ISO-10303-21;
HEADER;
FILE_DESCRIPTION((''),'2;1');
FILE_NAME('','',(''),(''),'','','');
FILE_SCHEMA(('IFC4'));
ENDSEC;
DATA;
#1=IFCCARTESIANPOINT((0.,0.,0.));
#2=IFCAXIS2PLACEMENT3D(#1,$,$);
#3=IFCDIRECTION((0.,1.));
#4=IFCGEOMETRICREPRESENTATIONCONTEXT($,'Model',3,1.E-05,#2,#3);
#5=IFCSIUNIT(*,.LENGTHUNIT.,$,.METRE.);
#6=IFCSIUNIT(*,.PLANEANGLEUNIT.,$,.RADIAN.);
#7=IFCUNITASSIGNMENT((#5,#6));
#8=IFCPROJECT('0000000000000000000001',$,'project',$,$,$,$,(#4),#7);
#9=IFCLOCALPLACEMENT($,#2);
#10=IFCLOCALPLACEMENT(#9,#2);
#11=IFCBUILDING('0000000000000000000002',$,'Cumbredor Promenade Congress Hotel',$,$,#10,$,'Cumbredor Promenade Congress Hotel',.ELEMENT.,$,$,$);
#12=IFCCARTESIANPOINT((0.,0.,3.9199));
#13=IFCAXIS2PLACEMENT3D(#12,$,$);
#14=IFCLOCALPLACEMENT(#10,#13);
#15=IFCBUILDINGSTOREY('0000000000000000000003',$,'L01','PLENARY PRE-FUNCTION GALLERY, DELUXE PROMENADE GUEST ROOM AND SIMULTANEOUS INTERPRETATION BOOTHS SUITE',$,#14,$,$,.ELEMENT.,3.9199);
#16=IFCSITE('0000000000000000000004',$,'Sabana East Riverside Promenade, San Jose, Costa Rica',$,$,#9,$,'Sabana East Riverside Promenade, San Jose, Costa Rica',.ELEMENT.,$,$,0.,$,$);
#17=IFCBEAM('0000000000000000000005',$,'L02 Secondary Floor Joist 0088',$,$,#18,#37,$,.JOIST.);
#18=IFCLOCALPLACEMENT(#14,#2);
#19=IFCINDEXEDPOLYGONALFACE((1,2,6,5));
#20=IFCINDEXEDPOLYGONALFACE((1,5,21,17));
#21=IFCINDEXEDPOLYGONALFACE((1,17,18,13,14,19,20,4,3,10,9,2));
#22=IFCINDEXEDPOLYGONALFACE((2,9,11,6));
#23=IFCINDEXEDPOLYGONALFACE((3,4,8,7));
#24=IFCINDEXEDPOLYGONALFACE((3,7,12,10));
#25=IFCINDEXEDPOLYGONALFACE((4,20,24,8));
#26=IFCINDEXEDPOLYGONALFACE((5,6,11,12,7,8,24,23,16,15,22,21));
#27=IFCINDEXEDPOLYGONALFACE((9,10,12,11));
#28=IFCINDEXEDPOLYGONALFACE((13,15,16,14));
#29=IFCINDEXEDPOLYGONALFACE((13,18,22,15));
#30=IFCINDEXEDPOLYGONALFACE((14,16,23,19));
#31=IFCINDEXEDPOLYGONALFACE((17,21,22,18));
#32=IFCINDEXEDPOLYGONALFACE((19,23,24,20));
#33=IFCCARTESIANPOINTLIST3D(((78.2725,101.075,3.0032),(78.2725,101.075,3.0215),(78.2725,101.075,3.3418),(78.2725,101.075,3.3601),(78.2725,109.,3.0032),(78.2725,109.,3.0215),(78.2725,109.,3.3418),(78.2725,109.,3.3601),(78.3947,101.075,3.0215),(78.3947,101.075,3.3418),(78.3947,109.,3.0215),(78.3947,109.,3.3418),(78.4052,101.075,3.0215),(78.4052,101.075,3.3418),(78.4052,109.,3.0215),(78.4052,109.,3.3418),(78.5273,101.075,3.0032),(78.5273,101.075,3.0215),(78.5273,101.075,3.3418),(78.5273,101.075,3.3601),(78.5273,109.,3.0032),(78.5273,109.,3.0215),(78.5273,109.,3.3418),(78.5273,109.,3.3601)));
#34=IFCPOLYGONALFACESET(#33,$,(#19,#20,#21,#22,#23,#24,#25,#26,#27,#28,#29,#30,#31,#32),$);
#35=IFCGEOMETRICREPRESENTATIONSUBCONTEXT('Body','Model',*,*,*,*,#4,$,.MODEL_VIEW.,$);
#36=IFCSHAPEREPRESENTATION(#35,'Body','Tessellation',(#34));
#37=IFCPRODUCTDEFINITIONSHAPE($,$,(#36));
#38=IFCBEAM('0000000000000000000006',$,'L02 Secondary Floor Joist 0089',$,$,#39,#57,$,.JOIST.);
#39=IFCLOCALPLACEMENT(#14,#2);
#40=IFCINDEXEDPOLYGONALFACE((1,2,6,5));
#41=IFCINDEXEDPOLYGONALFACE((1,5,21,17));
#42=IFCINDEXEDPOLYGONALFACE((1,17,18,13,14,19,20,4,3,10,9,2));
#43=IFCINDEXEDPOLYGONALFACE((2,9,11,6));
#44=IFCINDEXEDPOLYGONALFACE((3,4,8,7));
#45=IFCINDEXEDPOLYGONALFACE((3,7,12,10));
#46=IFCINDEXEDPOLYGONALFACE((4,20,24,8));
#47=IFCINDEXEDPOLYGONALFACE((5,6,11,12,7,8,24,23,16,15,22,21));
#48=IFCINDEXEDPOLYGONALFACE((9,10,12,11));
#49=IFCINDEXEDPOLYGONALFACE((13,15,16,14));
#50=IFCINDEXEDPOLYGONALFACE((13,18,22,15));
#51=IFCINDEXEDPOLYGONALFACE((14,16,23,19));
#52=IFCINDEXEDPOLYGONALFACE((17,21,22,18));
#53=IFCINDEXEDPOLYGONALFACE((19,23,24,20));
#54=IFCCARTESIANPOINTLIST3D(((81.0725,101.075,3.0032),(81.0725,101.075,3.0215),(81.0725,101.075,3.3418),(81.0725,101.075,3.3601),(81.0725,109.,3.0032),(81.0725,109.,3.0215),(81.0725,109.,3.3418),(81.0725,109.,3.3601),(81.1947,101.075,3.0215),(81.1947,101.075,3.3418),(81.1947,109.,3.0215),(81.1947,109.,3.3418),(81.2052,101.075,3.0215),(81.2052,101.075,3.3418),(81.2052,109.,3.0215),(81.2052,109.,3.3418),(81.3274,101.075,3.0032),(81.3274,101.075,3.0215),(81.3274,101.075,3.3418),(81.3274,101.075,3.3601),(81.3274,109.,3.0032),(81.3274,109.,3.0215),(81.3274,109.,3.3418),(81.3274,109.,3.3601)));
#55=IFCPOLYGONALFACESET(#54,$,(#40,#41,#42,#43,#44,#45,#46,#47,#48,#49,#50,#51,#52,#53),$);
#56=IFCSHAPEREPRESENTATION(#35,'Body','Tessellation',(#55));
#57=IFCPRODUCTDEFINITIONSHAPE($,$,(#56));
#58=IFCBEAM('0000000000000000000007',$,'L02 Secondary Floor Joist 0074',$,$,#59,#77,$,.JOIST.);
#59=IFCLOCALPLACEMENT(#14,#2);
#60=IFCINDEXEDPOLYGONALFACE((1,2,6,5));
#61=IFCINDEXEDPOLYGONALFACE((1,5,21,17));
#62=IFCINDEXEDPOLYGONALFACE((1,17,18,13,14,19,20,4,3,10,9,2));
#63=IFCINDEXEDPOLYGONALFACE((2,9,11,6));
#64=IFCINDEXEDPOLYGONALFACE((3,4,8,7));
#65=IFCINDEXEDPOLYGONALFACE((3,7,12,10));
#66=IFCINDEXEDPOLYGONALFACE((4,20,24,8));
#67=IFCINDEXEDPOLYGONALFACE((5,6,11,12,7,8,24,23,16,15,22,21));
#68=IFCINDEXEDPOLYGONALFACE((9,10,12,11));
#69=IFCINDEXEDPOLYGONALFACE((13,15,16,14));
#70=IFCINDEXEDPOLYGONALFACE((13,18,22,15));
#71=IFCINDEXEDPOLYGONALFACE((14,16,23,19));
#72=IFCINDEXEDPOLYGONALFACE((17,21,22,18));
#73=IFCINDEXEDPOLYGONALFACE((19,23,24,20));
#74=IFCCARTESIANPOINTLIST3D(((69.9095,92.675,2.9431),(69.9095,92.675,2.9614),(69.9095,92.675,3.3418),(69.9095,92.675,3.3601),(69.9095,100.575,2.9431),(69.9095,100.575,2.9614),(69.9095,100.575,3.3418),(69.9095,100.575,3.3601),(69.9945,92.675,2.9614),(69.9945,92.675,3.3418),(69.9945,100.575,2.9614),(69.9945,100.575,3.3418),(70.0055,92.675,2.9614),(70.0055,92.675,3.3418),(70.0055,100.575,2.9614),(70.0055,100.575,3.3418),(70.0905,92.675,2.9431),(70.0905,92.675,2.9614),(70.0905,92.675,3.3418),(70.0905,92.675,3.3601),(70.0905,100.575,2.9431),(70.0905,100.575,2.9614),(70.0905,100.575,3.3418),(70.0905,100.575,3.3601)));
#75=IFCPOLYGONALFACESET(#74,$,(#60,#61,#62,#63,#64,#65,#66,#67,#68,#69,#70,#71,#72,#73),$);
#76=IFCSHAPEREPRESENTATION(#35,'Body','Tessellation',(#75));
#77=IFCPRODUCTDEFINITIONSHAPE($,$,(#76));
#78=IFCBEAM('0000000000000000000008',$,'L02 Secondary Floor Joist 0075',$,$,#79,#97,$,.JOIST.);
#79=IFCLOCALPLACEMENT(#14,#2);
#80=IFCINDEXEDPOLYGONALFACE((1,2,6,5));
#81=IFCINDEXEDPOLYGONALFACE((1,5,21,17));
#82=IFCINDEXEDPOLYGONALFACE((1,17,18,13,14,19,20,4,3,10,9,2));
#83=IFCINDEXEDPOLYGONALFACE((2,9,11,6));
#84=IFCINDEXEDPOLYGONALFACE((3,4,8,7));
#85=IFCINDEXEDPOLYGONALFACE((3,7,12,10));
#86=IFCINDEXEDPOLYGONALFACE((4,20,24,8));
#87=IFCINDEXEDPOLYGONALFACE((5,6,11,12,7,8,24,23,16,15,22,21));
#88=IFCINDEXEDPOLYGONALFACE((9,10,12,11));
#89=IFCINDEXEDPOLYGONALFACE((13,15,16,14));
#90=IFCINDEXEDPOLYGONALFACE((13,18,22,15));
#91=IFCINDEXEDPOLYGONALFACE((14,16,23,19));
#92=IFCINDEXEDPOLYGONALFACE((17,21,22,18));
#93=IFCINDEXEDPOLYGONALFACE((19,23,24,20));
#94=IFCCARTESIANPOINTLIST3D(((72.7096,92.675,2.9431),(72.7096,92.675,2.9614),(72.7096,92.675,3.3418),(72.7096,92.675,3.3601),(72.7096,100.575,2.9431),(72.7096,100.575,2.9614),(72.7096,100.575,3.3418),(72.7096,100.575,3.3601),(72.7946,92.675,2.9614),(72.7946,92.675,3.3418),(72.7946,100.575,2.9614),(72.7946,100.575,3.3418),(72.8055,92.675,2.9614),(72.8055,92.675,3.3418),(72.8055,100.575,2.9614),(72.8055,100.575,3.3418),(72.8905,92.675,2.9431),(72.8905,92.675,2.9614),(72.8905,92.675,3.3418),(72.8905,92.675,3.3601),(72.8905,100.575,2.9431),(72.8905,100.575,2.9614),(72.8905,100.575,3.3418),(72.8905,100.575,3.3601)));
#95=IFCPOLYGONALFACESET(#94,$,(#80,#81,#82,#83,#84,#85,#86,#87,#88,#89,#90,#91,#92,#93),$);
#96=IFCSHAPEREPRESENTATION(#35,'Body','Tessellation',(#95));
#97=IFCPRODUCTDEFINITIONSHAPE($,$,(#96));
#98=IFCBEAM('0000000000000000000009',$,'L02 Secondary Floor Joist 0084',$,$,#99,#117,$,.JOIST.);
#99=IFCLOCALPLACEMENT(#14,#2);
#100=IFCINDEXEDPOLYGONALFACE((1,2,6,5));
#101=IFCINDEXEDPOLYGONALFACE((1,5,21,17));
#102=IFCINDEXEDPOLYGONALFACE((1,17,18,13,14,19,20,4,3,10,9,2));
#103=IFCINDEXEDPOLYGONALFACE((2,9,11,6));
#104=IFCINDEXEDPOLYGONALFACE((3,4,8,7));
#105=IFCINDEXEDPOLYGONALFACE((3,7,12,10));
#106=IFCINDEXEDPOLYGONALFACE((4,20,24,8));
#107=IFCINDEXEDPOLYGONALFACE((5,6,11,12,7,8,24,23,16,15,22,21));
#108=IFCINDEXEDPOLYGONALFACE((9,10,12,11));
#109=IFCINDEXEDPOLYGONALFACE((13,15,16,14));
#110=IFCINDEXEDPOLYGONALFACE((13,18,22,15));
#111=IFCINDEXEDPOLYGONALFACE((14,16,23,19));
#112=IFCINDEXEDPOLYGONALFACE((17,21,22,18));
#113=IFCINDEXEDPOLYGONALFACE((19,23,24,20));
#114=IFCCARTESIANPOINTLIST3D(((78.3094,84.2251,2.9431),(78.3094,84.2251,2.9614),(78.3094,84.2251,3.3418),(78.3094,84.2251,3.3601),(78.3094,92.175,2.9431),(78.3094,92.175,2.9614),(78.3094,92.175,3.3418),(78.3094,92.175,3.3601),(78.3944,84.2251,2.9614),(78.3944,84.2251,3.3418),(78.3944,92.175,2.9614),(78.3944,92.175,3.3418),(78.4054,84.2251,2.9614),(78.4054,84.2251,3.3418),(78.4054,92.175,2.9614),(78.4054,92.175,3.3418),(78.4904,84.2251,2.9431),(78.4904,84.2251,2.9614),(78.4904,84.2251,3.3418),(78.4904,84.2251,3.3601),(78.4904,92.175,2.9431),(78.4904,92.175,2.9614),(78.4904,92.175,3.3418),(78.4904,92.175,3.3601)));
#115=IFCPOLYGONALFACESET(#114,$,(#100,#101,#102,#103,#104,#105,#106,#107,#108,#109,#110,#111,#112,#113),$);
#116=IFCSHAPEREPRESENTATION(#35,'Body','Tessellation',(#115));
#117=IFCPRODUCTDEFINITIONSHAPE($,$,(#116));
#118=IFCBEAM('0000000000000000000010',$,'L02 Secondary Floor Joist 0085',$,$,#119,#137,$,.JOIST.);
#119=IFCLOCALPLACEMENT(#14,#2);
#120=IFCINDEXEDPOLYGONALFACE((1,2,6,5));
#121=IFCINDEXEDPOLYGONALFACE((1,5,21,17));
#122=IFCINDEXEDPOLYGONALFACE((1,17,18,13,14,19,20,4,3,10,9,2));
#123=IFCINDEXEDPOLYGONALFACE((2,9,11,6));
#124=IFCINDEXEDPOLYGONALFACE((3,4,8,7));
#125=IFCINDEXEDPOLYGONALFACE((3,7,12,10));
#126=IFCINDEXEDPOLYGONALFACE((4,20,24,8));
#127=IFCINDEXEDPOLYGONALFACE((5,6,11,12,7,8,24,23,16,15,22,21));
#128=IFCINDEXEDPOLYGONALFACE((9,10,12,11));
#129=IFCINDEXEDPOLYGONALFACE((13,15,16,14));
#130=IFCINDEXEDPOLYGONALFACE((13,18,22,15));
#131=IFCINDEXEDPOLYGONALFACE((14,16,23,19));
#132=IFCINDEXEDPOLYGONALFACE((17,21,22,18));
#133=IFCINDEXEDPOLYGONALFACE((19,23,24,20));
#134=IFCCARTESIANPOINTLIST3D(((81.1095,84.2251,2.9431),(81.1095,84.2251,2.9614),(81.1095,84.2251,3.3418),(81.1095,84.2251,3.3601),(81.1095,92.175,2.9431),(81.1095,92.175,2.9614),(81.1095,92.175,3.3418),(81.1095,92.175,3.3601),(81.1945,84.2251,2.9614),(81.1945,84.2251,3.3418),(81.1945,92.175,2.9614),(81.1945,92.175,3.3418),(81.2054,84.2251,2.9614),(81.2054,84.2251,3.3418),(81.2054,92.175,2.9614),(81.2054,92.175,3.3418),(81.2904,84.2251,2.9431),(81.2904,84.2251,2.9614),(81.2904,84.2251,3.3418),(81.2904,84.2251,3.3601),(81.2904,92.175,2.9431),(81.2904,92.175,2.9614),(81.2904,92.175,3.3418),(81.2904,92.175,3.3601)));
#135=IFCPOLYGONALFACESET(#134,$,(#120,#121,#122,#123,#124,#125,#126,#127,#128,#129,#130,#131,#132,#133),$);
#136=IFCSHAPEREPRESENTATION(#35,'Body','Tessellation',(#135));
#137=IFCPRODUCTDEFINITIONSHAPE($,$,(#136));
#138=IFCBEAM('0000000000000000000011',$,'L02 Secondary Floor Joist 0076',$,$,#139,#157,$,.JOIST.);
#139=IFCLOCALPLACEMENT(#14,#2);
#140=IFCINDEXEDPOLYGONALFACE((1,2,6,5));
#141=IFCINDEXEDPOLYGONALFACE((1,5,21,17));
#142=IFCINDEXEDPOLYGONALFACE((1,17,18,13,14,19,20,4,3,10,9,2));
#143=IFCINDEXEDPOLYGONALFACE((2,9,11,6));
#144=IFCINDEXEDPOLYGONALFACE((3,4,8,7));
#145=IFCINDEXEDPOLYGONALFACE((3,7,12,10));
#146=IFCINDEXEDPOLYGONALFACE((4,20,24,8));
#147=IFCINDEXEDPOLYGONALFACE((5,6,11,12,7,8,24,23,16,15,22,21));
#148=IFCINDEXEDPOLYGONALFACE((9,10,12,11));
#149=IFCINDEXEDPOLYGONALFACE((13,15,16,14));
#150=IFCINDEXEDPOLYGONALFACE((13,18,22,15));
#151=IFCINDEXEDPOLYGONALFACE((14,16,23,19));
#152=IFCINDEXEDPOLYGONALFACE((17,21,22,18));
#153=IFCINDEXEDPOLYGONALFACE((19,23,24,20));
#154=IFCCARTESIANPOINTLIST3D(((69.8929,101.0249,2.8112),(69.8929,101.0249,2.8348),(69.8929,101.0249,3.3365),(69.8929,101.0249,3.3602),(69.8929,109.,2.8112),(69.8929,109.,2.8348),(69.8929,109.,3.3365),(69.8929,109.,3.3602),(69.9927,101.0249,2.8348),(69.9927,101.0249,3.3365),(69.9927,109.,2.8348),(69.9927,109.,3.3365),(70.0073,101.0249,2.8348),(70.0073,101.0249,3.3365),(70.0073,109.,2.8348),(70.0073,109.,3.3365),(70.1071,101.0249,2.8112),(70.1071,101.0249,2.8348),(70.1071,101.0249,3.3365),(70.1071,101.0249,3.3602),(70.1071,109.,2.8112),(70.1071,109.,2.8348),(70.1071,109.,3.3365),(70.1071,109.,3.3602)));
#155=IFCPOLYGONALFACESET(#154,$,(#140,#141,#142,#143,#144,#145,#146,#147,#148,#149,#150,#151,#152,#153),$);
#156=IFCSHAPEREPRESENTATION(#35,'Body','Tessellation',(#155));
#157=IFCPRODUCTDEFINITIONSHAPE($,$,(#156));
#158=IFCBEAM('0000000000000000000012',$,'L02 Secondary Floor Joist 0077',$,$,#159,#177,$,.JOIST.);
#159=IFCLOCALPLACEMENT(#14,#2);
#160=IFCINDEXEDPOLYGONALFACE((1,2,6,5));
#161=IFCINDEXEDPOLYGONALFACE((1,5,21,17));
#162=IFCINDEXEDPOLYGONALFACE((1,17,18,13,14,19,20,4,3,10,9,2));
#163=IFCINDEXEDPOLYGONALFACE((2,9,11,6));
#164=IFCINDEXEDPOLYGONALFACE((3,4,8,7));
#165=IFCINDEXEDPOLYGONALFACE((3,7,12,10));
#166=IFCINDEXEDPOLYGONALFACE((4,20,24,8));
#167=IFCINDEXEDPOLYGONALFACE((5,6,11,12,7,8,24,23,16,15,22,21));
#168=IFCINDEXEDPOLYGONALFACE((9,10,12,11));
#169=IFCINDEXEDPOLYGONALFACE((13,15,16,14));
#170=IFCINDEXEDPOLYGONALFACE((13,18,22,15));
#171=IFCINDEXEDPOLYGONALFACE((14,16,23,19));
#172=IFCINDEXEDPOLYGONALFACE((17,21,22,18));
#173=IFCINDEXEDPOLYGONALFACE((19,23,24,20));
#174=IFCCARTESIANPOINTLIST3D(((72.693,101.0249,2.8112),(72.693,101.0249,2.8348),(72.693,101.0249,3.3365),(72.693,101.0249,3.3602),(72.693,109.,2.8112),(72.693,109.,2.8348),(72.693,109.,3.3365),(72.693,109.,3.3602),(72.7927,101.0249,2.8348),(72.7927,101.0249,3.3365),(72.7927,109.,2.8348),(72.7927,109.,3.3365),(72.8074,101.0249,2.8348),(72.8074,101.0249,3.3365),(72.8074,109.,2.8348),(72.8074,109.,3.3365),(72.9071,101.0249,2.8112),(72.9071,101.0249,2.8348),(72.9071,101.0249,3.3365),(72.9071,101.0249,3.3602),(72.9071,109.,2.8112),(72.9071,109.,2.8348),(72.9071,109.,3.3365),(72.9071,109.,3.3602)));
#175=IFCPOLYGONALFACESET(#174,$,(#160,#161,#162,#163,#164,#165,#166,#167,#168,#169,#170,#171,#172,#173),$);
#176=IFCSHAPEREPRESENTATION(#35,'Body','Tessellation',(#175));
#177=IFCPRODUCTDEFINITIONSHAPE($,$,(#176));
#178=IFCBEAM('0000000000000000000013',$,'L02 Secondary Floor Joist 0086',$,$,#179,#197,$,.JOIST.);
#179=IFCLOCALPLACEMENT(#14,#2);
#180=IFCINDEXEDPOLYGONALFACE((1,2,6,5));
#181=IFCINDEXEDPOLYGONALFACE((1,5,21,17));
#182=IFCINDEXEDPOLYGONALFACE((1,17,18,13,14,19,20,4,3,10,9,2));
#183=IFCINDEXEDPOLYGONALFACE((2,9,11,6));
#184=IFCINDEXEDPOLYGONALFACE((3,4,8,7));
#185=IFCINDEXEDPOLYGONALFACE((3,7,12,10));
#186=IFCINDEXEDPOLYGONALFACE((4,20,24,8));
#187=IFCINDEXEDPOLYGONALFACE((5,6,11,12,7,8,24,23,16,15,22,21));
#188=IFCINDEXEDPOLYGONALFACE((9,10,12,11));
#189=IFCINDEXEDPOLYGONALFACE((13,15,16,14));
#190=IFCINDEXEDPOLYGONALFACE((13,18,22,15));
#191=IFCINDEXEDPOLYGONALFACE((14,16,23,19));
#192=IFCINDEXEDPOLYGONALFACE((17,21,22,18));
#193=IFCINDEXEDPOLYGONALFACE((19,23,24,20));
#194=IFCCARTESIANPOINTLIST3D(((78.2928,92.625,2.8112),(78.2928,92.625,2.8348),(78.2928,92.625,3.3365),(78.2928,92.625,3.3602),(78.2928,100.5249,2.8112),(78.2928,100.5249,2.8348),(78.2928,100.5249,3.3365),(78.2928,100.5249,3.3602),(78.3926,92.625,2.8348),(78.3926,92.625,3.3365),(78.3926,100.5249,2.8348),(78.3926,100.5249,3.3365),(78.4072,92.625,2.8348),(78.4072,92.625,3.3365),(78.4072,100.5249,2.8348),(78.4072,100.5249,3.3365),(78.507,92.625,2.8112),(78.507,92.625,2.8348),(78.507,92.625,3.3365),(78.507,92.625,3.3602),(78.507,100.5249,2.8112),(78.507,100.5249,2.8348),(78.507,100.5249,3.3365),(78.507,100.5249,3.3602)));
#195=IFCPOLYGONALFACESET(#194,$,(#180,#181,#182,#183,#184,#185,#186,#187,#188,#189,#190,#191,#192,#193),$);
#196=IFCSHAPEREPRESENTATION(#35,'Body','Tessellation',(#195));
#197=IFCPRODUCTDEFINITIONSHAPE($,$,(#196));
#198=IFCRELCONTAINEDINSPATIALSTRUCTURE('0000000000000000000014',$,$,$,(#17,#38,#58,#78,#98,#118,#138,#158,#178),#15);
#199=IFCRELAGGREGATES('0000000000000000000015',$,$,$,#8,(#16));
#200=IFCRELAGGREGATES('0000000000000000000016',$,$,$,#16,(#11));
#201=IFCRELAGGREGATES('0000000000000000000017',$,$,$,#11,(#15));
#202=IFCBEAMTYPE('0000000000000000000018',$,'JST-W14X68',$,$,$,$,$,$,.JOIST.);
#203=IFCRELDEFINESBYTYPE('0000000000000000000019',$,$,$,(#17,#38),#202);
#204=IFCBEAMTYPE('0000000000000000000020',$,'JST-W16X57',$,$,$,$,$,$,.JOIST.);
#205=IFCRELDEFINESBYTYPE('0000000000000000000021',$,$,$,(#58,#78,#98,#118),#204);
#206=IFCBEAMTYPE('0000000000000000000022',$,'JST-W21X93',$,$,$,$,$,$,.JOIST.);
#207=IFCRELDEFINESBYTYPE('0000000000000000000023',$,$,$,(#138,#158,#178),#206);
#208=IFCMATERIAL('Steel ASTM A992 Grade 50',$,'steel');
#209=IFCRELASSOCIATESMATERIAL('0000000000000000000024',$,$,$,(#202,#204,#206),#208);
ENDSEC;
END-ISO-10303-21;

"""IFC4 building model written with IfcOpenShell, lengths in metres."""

from ifc_helpers import new_model, si_unit, direction, frame, origin, origin_2d, place, context, subcontext, project, spatial, i_section, extrude, material, material_profile, profile_set, type_object, element, save


model = new_model("IFC4")

# Units and contexts
model_context = context("Model", 3, precision=1e-05, world=origin(), true_north=direction((0.0, 1.0)))
body_context = subcontext(model_context, "Body", "Model", "MODEL_VIEW")
ifc_project = project(units=[si_unit("LENGTHUNIT", "METRE"), si_unit("PLANEANGLEUNIT", "RADIAN")], contexts=[model_context])

# Site, building, storey
site_placement = place(None, origin())
site = spatial("IfcSite", under=ifc_project, at=site_placement, Name="Sabana East Riverside Promenade, San Jose, Costa Rica", LongName="Sabana East Riverside Promenade, San Jose, Costa Rica", CompositionType="ELEMENT", RefElevation=0.0)
building_placement = place(site_placement, origin())
building = spatial("IfcBuilding", under=site, at=building_placement, Name="Cumbredor Promenade Congress Hotel", LongName="Cumbredor Promenade Congress Hotel", CompositionType="ELEMENT")
storey_placement = place(building_placement, frame((0.0, 0.0, 3.9199)))
storey = spatial("IfcBuildingStorey", under=building, at=storey_placement, Name="L01", Description="PLENARY PRE-FUNCTION GALLERY, DELUXE PROMENADE GUEST ROOM AND SIMULTANEOUS INTERPRETATION BOOTHS SUITE", CompositionType="ELEMENT", Elevation=3.9199)

# Beams
ifc_material_1 = material(Name="Steel ASTM A992 Grade 50", Category="steel")
ifc_material_profile_1 = material_profile(ifc_material_1, i_section(OverallWidth=0.2549, OverallDepth=0.3569, WebThickness=0.0105, FlangeThickness=0.0183, at=origin_2d()), Name="W14X68")
ifc_profile_set_1 = profile_set([ifc_material_profile_1], Name="Steel ASTM A992 Grade 50")
beam_type_1 = type_object("IfcBeamType", Name="JST-W14X68", PredefinedType="JOIST", material=ifc_profile_set_1)
for number, where, z_axis, x_axis, name in (
    (1, (78.3999, 101.075, 3.1816), (0.0, 1.0, 0.0), (-1.0, 0.0, 0.0), "L02 Secondary Floor Joist 0088"),
    (2, (81.2, 101.075, 3.1816), (0.0, 1.0, 0.0), (-1.0, 0.0, 0.0), "L02 Secondary Floor Joist 0089"),
):
    element("IfcBeam", number, at=place(storey_placement, frame(where, z_axis=z_axis, x_axis=x_axis)), inside=storey, type_object=beam_type_1, Name=name, PredefinedType="JOIST", context=body_context, shape_type="SweptSolid", body=[
        extrude(i_section(OverallWidth=0.2549, OverallDepth=0.3569, WebThickness=0.0105, FlangeThickness=0.0183, at=origin_2d()), origin(), (0.0, 0.0, 1.0), 7.925),
    ])
ifc_material_profile_2 = material_profile(ifc_material_1, i_section(OverallWidth=0.1809, OverallDepth=0.417, WebThickness=0.011, FlangeThickness=0.0183, at=origin_2d()), Name="W16X57")
ifc_profile_set_2 = profile_set([ifc_material_profile_2], Name="Steel ASTM A992 Grade 50")
beam_type_2 = type_object("IfcBeamType", Name="JST-W16X57", PredefinedType="JOIST", material=ifc_profile_set_2)
for number, where, z_axis, x_axis, name in (
    (3, (70.0, 92.675, 3.1516), (0.0, 1.0, 0.0), (-1.0, 0.0, 0.0), "L02 Secondary Floor Joist 0074"),
    (4, (72.8, 92.675, 3.1516), (0.0, 1.0, 0.0), (-1.0, 0.0, 0.0), "L02 Secondary Floor Joist 0075"),
):
    element("IfcBeam", number, at=place(storey_placement, frame(where, z_axis=z_axis, x_axis=x_axis)), inside=storey, type_object=beam_type_2, Name=name, PredefinedType="JOIST", context=body_context, shape_type="SweptSolid", body=[
        extrude(i_section(OverallWidth=0.1809, OverallDepth=0.417, WebThickness=0.011, FlangeThickness=0.0183, at=origin_2d()), origin(), (0.0, 0.0, 1.0), 7.8999),
    ])
for number, where, z_axis, x_axis, name in (
    (5, (78.3999, 84.2251, 3.1516), (0.0, 1.0, 0.0), (-1.0, 0.0, 0.0), "L02 Secondary Floor Joist 0084"),
    (6, (81.2, 84.2251, 3.1516), (0.0, 1.0, 0.0), (-1.0, 0.0, 0.0), "L02 Secondary Floor Joist 0085"),
):
    element("IfcBeam", number, at=place(storey_placement, frame(where, z_axis=z_axis, x_axis=x_axis)), inside=storey, type_object=beam_type_2, Name=name, PredefinedType="JOIST", context=body_context, shape_type="SweptSolid", body=[
        extrude(i_section(OverallWidth=0.1809, OverallDepth=0.417, WebThickness=0.011, FlangeThickness=0.0183, at=origin_2d()), origin(), (0.0, 0.0, 1.0), 7.95),
    ])
ifc_material_profile_3 = material_profile(ifc_material_1, i_section(OverallWidth=0.2141, OverallDepth=0.5491, WebThickness=0.0146, FlangeThickness=0.0237, at=origin_2d()), Name="W21X93")
ifc_profile_set_3 = profile_set([ifc_material_profile_3], Name="Steel ASTM A992 Grade 50")
beam_type_3 = type_object("IfcBeamType", Name="JST-W21X93", PredefinedType="JOIST", material=ifc_profile_set_3)
for number, where, z_axis, x_axis, name in (
    (7, (70.0, 101.0249, 3.0857), (0.0, 1.0, 0.0), (-1.0, 0.0, 0.0), "L02 Secondary Floor Joist 0076"),
    (8, (72.8, 101.0249, 3.0857), (0.0, 1.0, 0.0), (-1.0, 0.0, 0.0), "L02 Secondary Floor Joist 0077"),
):
    element("IfcBeam", number, at=place(storey_placement, frame(where, z_axis=z_axis, x_axis=x_axis)), inside=storey, type_object=beam_type_3, Name=name, PredefinedType="JOIST", context=body_context, shape_type="SweptSolid", body=[
        extrude(i_section(OverallWidth=0.2141, OverallDepth=0.5491, WebThickness=0.0146, FlangeThickness=0.0237, at=origin_2d()), origin(), (0.0, 0.0, 1.0), 7.9751),
    ])
for number, where, z_axis, x_axis, name in (
    (9, (78.3999, 92.625, 3.0857), (0.0, 1.0, 0.0), (-1.0, 0.0, 0.0), "L02 Secondary Floor Joist 0086"),
):
    element("IfcBeam", number, at=place(storey_placement, frame(where, z_axis=z_axis, x_axis=x_axis)), inside=storey, type_object=beam_type_3, Name=name, PredefinedType="JOIST", context=body_context, shape_type="SweptSolid", body=[
        extrude(i_section(OverallWidth=0.2141, OverallDepth=0.5491, WebThickness=0.0146, FlangeThickness=0.0237, at=origin_2d()), origin(), (0.0, 0.0, 1.0), 7.8999),
    ])

save(model, "model.ifc")
